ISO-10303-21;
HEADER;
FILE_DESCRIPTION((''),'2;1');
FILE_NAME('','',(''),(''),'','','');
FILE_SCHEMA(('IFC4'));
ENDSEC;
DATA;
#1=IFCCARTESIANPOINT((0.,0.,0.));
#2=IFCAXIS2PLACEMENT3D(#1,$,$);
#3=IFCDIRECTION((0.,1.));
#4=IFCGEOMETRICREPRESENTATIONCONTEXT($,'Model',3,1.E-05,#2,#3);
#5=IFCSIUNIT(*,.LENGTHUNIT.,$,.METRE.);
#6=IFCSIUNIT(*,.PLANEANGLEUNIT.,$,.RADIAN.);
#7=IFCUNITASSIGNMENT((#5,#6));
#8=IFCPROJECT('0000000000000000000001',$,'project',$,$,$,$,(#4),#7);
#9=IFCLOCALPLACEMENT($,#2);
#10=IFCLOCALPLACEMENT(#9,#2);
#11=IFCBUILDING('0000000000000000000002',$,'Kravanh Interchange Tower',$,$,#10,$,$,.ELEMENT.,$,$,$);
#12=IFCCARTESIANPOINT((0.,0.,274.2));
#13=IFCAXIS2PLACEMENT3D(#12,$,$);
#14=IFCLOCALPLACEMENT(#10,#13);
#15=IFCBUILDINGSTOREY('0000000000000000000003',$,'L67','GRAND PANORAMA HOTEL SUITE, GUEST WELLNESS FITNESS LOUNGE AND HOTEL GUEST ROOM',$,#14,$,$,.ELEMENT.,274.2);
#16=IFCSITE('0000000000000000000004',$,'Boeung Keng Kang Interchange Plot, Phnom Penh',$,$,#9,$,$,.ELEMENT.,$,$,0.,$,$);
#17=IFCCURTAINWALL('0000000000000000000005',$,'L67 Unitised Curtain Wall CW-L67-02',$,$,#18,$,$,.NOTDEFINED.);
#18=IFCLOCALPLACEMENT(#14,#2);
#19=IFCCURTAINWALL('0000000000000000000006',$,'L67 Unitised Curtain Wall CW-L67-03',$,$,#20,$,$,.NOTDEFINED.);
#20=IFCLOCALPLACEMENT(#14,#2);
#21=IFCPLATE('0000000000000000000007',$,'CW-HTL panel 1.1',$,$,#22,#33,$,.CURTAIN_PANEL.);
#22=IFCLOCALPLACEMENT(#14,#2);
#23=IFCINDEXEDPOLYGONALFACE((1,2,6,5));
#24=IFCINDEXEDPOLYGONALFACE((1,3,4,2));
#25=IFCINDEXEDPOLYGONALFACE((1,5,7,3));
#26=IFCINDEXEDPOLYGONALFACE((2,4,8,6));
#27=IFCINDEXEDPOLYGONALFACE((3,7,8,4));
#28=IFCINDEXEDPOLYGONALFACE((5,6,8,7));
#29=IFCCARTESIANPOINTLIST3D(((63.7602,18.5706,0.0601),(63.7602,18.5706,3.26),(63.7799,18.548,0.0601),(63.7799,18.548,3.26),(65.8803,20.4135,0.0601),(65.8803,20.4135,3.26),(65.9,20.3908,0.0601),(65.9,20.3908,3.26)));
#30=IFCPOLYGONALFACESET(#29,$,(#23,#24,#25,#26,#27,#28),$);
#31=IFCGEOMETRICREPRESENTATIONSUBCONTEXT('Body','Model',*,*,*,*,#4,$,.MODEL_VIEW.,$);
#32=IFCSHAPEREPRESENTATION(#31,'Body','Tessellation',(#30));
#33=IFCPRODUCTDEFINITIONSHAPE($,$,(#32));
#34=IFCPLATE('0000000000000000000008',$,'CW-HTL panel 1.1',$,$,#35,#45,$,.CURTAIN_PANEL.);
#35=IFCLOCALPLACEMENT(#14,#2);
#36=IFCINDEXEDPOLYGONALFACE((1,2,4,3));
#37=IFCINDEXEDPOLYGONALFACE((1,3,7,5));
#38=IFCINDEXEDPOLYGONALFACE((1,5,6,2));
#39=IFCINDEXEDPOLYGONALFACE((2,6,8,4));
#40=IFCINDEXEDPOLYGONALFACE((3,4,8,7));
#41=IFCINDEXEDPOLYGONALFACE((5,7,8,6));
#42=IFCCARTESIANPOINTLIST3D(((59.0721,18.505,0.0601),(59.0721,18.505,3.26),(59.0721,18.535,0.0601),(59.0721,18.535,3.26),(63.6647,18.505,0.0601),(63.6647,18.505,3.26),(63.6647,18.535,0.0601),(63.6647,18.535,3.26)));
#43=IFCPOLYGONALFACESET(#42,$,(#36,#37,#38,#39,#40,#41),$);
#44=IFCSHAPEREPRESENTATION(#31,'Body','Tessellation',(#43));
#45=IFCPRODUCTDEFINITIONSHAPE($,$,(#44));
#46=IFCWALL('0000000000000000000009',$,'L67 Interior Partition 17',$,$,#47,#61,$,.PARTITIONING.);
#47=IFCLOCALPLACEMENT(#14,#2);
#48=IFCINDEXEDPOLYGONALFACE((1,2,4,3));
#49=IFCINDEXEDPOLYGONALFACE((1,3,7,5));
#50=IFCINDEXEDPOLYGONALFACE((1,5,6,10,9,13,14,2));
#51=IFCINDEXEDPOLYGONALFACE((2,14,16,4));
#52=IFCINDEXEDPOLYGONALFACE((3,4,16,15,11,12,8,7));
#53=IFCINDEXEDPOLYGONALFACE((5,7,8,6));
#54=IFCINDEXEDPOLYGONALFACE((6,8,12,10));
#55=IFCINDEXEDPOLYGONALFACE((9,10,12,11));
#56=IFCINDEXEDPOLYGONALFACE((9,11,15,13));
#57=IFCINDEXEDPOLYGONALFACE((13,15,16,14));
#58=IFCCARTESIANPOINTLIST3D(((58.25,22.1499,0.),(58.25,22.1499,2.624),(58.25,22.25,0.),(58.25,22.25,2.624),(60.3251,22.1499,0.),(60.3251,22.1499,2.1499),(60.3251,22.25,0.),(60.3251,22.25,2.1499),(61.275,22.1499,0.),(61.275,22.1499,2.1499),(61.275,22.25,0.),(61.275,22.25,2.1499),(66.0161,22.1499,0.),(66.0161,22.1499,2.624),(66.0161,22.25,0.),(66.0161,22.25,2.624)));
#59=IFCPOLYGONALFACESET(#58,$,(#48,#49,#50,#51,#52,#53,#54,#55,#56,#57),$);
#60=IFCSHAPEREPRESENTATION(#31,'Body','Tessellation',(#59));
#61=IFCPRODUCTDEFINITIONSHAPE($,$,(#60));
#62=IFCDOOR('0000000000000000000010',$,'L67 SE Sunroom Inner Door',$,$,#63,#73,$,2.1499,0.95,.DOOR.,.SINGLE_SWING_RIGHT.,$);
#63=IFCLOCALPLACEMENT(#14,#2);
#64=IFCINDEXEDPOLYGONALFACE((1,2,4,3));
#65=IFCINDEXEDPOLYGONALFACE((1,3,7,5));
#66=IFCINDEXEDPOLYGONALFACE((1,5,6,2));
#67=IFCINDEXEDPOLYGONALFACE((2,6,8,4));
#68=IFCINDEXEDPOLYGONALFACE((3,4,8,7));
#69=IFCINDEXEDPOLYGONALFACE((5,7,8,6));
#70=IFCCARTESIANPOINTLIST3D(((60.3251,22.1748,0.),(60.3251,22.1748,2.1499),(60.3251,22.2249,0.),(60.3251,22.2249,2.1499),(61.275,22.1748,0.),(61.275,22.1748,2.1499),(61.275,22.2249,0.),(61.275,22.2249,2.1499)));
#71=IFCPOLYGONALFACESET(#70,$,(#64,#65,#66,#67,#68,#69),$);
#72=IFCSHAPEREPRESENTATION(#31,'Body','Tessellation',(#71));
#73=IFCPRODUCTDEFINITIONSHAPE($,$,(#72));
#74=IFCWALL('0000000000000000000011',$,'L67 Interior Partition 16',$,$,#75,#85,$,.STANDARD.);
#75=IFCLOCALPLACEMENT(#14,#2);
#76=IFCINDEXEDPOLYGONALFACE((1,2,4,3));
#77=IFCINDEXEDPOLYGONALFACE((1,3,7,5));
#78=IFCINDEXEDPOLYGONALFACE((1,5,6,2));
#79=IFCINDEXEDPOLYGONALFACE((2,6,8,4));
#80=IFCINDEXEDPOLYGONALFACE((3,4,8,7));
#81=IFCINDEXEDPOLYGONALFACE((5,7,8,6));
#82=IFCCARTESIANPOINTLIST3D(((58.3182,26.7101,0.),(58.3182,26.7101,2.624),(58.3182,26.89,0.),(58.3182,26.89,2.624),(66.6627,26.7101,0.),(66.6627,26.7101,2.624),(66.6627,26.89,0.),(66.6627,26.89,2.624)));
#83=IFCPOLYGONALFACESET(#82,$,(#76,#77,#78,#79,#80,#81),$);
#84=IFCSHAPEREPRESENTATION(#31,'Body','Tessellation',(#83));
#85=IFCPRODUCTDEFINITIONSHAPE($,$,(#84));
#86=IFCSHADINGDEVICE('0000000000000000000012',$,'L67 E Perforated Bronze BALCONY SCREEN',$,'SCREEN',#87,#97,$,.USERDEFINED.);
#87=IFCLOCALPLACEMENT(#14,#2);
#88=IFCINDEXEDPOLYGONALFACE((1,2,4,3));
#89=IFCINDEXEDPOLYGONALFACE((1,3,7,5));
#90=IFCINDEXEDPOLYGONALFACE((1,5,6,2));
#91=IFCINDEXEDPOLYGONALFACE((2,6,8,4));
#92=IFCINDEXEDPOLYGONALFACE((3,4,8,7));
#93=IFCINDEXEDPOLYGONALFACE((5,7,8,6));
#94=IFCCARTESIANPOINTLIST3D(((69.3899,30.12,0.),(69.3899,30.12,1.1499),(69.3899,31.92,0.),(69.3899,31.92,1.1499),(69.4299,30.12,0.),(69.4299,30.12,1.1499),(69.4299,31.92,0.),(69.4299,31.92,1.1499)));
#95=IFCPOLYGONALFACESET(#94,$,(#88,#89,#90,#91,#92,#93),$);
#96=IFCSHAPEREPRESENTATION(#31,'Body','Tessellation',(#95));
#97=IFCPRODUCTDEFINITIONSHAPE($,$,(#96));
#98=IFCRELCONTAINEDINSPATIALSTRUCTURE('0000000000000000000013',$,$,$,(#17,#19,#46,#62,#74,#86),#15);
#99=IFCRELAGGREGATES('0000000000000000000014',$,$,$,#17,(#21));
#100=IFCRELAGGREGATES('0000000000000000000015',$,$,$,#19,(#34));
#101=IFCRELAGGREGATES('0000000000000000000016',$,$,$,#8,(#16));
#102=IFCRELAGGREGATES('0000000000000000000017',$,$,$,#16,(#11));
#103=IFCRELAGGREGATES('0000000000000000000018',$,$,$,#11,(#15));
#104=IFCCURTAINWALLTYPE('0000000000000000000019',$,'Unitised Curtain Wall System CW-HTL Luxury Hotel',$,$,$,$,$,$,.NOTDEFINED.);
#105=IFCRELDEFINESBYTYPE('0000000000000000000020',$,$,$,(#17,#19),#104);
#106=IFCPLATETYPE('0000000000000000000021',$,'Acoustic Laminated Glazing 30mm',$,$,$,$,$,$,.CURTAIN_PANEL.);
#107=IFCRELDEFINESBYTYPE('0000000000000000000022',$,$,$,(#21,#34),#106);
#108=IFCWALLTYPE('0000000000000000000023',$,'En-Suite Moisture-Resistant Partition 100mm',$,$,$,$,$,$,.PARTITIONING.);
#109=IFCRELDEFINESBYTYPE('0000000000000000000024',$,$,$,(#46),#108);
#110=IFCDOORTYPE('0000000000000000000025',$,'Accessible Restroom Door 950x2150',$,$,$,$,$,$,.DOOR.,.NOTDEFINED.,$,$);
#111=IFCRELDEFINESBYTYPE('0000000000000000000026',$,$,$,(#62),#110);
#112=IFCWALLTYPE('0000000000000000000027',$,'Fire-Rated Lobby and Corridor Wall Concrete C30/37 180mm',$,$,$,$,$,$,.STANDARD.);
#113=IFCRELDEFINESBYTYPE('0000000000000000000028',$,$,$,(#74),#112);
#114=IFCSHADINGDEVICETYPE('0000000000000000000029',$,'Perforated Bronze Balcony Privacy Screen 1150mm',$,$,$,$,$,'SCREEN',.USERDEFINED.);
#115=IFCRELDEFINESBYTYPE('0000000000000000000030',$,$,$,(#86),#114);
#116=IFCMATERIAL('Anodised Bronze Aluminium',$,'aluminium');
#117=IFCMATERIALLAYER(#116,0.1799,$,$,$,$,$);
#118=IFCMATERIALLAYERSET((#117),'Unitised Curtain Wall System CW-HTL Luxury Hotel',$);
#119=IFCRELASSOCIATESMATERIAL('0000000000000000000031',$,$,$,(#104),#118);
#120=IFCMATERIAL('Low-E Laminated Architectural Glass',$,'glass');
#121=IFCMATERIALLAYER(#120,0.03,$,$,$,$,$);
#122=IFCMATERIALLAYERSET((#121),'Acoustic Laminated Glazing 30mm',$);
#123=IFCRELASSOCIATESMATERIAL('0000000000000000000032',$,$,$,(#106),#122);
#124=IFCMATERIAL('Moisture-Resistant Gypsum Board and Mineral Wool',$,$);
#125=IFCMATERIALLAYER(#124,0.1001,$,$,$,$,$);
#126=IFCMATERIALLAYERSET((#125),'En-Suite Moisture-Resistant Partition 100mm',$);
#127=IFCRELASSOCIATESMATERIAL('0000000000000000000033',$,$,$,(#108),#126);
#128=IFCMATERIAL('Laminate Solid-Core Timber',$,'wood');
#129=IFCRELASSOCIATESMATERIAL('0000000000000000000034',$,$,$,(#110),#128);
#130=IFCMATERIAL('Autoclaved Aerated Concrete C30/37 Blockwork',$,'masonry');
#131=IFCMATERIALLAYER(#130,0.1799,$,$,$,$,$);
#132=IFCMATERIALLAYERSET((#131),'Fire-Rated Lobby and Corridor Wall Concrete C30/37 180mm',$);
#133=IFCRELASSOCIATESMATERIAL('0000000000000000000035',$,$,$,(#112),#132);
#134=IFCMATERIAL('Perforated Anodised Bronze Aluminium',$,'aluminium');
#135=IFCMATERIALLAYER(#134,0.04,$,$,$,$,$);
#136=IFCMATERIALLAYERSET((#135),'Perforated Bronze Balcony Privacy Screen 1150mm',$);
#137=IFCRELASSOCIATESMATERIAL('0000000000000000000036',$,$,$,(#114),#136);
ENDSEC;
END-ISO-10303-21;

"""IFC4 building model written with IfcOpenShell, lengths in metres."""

from ifc_helpers import new_model, si_unit, direction, frame, frame_2d, origin, origin_2d, place, context, subcontext, project, spatial, rectangle, extrude, material, layer, layer_set, type_object, element, fill, aggregate, save


model = new_model("IFC4")

# Units and contexts
model_context = context("Model", 3, precision=1e-05, world=origin(), true_north=direction((0.0, 1.0)))
body_context = subcontext(model_context, "Body", "Model", "MODEL_VIEW")
ifc_project = project(units=[si_unit("LENGTHUNIT", "METRE"), si_unit("PLANEANGLEUNIT", "RADIAN")], contexts=[model_context])

# Site, building, storey
site_placement = place(None, origin())
site = spatial("IfcSite", under=ifc_project, at=site_placement, Name="Boeung Keng Kang Interchange Plot, Phnom Penh", CompositionType="ELEMENT", RefElevation=0.0)
building_placement = place(site_placement, origin())
building = spatial("IfcBuilding", under=site, at=building_placement, Name="Kravanh Interchange Tower", CompositionType="ELEMENT")
storey_placement = place(building_placement, frame((0.0, 0.0, 274.2)))
storey = spatial("IfcBuildingStorey", under=building, at=storey_placement, Name="L67", Description="GRAND PANORAMA HOTEL SUITE, GUEST WELLNESS FITNESS LOUNGE AND HOTEL GUEST ROOM", CompositionType="ELEMENT", Elevation=274.2)

# Curtain walls
ifc_material_1 = material(Name="Anodised Bronze Aluminium", Category="aluminium")
ifc_layer_1 = layer(ifc_material_1, 0.1799)
ifc_layer_set_1 = layer_set([ifc_layer_1], Name="Unitised Curtain Wall System CW-HTL Luxury Hotel")
curtain_wall_type = type_object("IfcCurtainWallType", Name="Unitised Curtain Wall System CW-HTL Luxury Hotel", PredefinedType="NOTDEFINED", material=ifc_layer_set_1)
curtain_wall_1_placement = place(storey_placement, origin())
curtain_wall_1 = element("IfcCurtainWall", 1, at=curtain_wall_1_placement, inside=storey, type_object=curtain_wall_type, Name="L67 Unitised Curtain Wall CW-L67-02", PredefinedType="NOTDEFINED")
curtain_wall_2_placement = place(storey_placement, origin())
curtain_wall_2 = element("IfcCurtainWall", 2, at=curtain_wall_2_placement, inside=storey, type_object=curtain_wall_type, Name="L67 Unitised Curtain Wall CW-L67-03", PredefinedType="NOTDEFINED")

# Plates
ifc_material_2 = material(Name="Low-E Laminated Architectural Glass", Category="glass")
ifc_layer_2 = layer(ifc_material_2, 0.03)
ifc_layer_set_2 = layer_set([ifc_layer_2], Name="Acoustic Laminated Glazing 30mm")
plate_type = type_object("IfcPlateType", Name="Acoustic Laminated Glazing 30mm", PredefinedType="CURTAIN_PANEL", material=ifc_layer_set_2)
plate_1_placement = place(storey_placement, frame((64.8301, 19.4807, 0.0601), z_axis=(0.0, 0.0, 1.0), x_axis=(-0.754732, -0.656033, 0.0)))
plate_1 = element("IfcPlate", 3, at=plate_1_placement, type_object=plate_type, Name="CW-HTL panel 1.1", PredefinedType="CURTAIN_PANEL", context=body_context, shape_type="SweptSolid", body=[
    extrude(rectangle(XDim=2.8091, YDim=0.03, at=origin_2d()), origin(), (0.0, 0.0, 1.0), 3.2),
])
aggregate(curtain_wall_1, [plate_1])
plate_2_placement = place(storey_placement, frame((61.3684, 18.52, 0.0601), z_axis=(0.0, 0.0, 1.0), x_axis=(-1.0, 0.0, 0.0)))
plate_2 = element("IfcPlate", 4, at=plate_2_placement, type_object=plate_type, Name="CW-HTL panel 1.1", PredefinedType="CURTAIN_PANEL", context=body_context, shape_type="SweptSolid", body=[
    extrude(rectangle(XDim=4.5925, YDim=0.03, at=origin_2d()), origin(), (0.0, 0.0, 1.0), 3.2),
])
aggregate(curtain_wall_2, [plate_2])

# Wall, opening, door
ifc_material_3 = material(Name="Moisture-Resistant Gypsum Board and Mineral Wool")
ifc_layer_3 = layer(ifc_material_3, 0.1001)
ifc_layer_set_3 = layer_set([ifc_layer_3], Name="En-Suite Moisture-Resistant Partition 100mm")
wall_type_1 = type_object("IfcWallType", Name="En-Suite Moisture-Resistant Partition 100mm", PredefinedType="PARTITIONING", material=ifc_layer_set_3)
wall_1_placement = place(storey_placement, frame((58.25, 22.2, 0.0), z_axis=(0.0, 0.0, 1.0), x_axis=(1.0, 0.0, 0.0)))
wall_1 = element("IfcWall", 5, at=wall_1_placement, inside=storey, type_object=wall_type_1, Name="L67 Interior Partition 17", PredefinedType="PARTITIONING", context=body_context, shape_type="SweptSolid", body=[
    extrude(rectangle(XDim=7.7661, YDim=0.1001, at=frame_2d((3.8831, 0.0))), origin(), (0.0, 0.0, 1.0), 2.624),
])
opening_placement = place(wall_1_placement, frame((2.075, 0.0, 0.0)))
opening = element("IfcOpeningElement", 6, at=opening_placement, cuts=wall_1, PredefinedType="OPENING", context=body_context, shape_type="SweptSolid", body=[
    extrude(rectangle(XDim=0.95, YDim=2.1499, at=frame_2d((0.4751, 1.075))), frame((0.0, 0.0601, 0.0), z_axis=(0.0, -1.0, 0.0), x_axis=(1.0, 0.0, 0.0)), (0.0, 0.0, 1.0), 0.1201),
])
ifc_material_4 = material(Name="Laminate Solid-Core Timber", Category="wood")
door_type = type_object("IfcDoorType", Name="Accessible Restroom Door 950x2150", OperationType="NOTDEFINED", PredefinedType="DOOR", material=ifc_material_4)
door_placement = place(opening_placement, origin())
door = element("IfcDoor", 7, at=door_placement, inside=storey, type_object=door_type, Name="L67 SE Sunroom Inner Door", OperationType="SINGLE_SWING_RIGHT", OverallHeight=2.1499, OverallWidth=0.95, PredefinedType="DOOR", context=body_context, shape_type="SweptSolid", body=[
    extrude(rectangle(XDim=0.95, YDim=2.1499, at=frame_2d((0.4751, 1.075))), frame((0.0, 0.0249, 0.0), z_axis=(0.0, -1.0, 0.0), x_axis=(1.0, 0.0, 0.0)), (0.0, 0.0, 1.0), 0.05),
])
fill(opening, door)

# Wall
ifc_material_5 = material(Name="Autoclaved Aerated Concrete C30/37 Blockwork", Category="masonry")
ifc_layer_4 = layer(ifc_material_5, 0.1799)
ifc_layer_set_4 = layer_set([ifc_layer_4], Name="Fire-Rated Lobby and Corridor Wall Concrete C30/37 180mm")
wall_type_2 = type_object("IfcWallType", Name="Fire-Rated Lobby and Corridor Wall Concrete C30/37 180mm", PredefinedType="STANDARD", material=ifc_layer_set_4)
wall_2_placement = place(storey_placement, frame((58.3181, 26.8, 0.0), z_axis=(0.0, 0.0, 1.0), x_axis=(1.0, 0.0, 0.0)))
element("IfcWall", 8, at=wall_2_placement, inside=storey, type_object=wall_type_2, Name="L67 Interior Partition 16", PredefinedType="STANDARD", context=body_context, shape_type="SweptSolid", body=[
    extrude(rectangle(XDim=8.3445, YDim=0.1799, at=frame_2d((4.1724, 0.0))), origin(), (0.0, 0.0, 1.0), 2.624),
])

# Shading device
ifc_material_6 = material(Name="Perforated Anodised Bronze Aluminium", Category="aluminium")
ifc_layer_5 = layer(ifc_material_6, 0.04)
ifc_layer_set_5 = layer_set([ifc_layer_5], Name="Perforated Bronze Balcony Privacy Screen 1150mm")
shading_device_type_1 = type_object("IfcShadingDeviceType", Name="Perforated Bronze Balcony Privacy Screen 1150mm", ElementType="SCREEN", PredefinedType="USERDEFINED", material=ifc_layer_set_5)
shading_device_1_placement = place(storey_placement, frame((69.4099, 31.02, 0.0), z_axis=(0.0, 0.0, 1.0), x_axis=(1.0, 0.0, 0.0)))
element("IfcShadingDevice", 9, at=shading_device_1_placement, inside=storey, type_object=shading_device_type_1, Name="L67 E Perforated Bronze BALCONY SCREEN", ObjectType="SCREEN", PredefinedType="USERDEFINED", context=body_context, shape_type="SweptSolid", body=[
    extrude(rectangle(XDim=0.04, YDim=1.8, at=origin_2d()), origin(), (0.0, 0.0, 1.0), 1.1499),
])

save(model, "model.ifc")
